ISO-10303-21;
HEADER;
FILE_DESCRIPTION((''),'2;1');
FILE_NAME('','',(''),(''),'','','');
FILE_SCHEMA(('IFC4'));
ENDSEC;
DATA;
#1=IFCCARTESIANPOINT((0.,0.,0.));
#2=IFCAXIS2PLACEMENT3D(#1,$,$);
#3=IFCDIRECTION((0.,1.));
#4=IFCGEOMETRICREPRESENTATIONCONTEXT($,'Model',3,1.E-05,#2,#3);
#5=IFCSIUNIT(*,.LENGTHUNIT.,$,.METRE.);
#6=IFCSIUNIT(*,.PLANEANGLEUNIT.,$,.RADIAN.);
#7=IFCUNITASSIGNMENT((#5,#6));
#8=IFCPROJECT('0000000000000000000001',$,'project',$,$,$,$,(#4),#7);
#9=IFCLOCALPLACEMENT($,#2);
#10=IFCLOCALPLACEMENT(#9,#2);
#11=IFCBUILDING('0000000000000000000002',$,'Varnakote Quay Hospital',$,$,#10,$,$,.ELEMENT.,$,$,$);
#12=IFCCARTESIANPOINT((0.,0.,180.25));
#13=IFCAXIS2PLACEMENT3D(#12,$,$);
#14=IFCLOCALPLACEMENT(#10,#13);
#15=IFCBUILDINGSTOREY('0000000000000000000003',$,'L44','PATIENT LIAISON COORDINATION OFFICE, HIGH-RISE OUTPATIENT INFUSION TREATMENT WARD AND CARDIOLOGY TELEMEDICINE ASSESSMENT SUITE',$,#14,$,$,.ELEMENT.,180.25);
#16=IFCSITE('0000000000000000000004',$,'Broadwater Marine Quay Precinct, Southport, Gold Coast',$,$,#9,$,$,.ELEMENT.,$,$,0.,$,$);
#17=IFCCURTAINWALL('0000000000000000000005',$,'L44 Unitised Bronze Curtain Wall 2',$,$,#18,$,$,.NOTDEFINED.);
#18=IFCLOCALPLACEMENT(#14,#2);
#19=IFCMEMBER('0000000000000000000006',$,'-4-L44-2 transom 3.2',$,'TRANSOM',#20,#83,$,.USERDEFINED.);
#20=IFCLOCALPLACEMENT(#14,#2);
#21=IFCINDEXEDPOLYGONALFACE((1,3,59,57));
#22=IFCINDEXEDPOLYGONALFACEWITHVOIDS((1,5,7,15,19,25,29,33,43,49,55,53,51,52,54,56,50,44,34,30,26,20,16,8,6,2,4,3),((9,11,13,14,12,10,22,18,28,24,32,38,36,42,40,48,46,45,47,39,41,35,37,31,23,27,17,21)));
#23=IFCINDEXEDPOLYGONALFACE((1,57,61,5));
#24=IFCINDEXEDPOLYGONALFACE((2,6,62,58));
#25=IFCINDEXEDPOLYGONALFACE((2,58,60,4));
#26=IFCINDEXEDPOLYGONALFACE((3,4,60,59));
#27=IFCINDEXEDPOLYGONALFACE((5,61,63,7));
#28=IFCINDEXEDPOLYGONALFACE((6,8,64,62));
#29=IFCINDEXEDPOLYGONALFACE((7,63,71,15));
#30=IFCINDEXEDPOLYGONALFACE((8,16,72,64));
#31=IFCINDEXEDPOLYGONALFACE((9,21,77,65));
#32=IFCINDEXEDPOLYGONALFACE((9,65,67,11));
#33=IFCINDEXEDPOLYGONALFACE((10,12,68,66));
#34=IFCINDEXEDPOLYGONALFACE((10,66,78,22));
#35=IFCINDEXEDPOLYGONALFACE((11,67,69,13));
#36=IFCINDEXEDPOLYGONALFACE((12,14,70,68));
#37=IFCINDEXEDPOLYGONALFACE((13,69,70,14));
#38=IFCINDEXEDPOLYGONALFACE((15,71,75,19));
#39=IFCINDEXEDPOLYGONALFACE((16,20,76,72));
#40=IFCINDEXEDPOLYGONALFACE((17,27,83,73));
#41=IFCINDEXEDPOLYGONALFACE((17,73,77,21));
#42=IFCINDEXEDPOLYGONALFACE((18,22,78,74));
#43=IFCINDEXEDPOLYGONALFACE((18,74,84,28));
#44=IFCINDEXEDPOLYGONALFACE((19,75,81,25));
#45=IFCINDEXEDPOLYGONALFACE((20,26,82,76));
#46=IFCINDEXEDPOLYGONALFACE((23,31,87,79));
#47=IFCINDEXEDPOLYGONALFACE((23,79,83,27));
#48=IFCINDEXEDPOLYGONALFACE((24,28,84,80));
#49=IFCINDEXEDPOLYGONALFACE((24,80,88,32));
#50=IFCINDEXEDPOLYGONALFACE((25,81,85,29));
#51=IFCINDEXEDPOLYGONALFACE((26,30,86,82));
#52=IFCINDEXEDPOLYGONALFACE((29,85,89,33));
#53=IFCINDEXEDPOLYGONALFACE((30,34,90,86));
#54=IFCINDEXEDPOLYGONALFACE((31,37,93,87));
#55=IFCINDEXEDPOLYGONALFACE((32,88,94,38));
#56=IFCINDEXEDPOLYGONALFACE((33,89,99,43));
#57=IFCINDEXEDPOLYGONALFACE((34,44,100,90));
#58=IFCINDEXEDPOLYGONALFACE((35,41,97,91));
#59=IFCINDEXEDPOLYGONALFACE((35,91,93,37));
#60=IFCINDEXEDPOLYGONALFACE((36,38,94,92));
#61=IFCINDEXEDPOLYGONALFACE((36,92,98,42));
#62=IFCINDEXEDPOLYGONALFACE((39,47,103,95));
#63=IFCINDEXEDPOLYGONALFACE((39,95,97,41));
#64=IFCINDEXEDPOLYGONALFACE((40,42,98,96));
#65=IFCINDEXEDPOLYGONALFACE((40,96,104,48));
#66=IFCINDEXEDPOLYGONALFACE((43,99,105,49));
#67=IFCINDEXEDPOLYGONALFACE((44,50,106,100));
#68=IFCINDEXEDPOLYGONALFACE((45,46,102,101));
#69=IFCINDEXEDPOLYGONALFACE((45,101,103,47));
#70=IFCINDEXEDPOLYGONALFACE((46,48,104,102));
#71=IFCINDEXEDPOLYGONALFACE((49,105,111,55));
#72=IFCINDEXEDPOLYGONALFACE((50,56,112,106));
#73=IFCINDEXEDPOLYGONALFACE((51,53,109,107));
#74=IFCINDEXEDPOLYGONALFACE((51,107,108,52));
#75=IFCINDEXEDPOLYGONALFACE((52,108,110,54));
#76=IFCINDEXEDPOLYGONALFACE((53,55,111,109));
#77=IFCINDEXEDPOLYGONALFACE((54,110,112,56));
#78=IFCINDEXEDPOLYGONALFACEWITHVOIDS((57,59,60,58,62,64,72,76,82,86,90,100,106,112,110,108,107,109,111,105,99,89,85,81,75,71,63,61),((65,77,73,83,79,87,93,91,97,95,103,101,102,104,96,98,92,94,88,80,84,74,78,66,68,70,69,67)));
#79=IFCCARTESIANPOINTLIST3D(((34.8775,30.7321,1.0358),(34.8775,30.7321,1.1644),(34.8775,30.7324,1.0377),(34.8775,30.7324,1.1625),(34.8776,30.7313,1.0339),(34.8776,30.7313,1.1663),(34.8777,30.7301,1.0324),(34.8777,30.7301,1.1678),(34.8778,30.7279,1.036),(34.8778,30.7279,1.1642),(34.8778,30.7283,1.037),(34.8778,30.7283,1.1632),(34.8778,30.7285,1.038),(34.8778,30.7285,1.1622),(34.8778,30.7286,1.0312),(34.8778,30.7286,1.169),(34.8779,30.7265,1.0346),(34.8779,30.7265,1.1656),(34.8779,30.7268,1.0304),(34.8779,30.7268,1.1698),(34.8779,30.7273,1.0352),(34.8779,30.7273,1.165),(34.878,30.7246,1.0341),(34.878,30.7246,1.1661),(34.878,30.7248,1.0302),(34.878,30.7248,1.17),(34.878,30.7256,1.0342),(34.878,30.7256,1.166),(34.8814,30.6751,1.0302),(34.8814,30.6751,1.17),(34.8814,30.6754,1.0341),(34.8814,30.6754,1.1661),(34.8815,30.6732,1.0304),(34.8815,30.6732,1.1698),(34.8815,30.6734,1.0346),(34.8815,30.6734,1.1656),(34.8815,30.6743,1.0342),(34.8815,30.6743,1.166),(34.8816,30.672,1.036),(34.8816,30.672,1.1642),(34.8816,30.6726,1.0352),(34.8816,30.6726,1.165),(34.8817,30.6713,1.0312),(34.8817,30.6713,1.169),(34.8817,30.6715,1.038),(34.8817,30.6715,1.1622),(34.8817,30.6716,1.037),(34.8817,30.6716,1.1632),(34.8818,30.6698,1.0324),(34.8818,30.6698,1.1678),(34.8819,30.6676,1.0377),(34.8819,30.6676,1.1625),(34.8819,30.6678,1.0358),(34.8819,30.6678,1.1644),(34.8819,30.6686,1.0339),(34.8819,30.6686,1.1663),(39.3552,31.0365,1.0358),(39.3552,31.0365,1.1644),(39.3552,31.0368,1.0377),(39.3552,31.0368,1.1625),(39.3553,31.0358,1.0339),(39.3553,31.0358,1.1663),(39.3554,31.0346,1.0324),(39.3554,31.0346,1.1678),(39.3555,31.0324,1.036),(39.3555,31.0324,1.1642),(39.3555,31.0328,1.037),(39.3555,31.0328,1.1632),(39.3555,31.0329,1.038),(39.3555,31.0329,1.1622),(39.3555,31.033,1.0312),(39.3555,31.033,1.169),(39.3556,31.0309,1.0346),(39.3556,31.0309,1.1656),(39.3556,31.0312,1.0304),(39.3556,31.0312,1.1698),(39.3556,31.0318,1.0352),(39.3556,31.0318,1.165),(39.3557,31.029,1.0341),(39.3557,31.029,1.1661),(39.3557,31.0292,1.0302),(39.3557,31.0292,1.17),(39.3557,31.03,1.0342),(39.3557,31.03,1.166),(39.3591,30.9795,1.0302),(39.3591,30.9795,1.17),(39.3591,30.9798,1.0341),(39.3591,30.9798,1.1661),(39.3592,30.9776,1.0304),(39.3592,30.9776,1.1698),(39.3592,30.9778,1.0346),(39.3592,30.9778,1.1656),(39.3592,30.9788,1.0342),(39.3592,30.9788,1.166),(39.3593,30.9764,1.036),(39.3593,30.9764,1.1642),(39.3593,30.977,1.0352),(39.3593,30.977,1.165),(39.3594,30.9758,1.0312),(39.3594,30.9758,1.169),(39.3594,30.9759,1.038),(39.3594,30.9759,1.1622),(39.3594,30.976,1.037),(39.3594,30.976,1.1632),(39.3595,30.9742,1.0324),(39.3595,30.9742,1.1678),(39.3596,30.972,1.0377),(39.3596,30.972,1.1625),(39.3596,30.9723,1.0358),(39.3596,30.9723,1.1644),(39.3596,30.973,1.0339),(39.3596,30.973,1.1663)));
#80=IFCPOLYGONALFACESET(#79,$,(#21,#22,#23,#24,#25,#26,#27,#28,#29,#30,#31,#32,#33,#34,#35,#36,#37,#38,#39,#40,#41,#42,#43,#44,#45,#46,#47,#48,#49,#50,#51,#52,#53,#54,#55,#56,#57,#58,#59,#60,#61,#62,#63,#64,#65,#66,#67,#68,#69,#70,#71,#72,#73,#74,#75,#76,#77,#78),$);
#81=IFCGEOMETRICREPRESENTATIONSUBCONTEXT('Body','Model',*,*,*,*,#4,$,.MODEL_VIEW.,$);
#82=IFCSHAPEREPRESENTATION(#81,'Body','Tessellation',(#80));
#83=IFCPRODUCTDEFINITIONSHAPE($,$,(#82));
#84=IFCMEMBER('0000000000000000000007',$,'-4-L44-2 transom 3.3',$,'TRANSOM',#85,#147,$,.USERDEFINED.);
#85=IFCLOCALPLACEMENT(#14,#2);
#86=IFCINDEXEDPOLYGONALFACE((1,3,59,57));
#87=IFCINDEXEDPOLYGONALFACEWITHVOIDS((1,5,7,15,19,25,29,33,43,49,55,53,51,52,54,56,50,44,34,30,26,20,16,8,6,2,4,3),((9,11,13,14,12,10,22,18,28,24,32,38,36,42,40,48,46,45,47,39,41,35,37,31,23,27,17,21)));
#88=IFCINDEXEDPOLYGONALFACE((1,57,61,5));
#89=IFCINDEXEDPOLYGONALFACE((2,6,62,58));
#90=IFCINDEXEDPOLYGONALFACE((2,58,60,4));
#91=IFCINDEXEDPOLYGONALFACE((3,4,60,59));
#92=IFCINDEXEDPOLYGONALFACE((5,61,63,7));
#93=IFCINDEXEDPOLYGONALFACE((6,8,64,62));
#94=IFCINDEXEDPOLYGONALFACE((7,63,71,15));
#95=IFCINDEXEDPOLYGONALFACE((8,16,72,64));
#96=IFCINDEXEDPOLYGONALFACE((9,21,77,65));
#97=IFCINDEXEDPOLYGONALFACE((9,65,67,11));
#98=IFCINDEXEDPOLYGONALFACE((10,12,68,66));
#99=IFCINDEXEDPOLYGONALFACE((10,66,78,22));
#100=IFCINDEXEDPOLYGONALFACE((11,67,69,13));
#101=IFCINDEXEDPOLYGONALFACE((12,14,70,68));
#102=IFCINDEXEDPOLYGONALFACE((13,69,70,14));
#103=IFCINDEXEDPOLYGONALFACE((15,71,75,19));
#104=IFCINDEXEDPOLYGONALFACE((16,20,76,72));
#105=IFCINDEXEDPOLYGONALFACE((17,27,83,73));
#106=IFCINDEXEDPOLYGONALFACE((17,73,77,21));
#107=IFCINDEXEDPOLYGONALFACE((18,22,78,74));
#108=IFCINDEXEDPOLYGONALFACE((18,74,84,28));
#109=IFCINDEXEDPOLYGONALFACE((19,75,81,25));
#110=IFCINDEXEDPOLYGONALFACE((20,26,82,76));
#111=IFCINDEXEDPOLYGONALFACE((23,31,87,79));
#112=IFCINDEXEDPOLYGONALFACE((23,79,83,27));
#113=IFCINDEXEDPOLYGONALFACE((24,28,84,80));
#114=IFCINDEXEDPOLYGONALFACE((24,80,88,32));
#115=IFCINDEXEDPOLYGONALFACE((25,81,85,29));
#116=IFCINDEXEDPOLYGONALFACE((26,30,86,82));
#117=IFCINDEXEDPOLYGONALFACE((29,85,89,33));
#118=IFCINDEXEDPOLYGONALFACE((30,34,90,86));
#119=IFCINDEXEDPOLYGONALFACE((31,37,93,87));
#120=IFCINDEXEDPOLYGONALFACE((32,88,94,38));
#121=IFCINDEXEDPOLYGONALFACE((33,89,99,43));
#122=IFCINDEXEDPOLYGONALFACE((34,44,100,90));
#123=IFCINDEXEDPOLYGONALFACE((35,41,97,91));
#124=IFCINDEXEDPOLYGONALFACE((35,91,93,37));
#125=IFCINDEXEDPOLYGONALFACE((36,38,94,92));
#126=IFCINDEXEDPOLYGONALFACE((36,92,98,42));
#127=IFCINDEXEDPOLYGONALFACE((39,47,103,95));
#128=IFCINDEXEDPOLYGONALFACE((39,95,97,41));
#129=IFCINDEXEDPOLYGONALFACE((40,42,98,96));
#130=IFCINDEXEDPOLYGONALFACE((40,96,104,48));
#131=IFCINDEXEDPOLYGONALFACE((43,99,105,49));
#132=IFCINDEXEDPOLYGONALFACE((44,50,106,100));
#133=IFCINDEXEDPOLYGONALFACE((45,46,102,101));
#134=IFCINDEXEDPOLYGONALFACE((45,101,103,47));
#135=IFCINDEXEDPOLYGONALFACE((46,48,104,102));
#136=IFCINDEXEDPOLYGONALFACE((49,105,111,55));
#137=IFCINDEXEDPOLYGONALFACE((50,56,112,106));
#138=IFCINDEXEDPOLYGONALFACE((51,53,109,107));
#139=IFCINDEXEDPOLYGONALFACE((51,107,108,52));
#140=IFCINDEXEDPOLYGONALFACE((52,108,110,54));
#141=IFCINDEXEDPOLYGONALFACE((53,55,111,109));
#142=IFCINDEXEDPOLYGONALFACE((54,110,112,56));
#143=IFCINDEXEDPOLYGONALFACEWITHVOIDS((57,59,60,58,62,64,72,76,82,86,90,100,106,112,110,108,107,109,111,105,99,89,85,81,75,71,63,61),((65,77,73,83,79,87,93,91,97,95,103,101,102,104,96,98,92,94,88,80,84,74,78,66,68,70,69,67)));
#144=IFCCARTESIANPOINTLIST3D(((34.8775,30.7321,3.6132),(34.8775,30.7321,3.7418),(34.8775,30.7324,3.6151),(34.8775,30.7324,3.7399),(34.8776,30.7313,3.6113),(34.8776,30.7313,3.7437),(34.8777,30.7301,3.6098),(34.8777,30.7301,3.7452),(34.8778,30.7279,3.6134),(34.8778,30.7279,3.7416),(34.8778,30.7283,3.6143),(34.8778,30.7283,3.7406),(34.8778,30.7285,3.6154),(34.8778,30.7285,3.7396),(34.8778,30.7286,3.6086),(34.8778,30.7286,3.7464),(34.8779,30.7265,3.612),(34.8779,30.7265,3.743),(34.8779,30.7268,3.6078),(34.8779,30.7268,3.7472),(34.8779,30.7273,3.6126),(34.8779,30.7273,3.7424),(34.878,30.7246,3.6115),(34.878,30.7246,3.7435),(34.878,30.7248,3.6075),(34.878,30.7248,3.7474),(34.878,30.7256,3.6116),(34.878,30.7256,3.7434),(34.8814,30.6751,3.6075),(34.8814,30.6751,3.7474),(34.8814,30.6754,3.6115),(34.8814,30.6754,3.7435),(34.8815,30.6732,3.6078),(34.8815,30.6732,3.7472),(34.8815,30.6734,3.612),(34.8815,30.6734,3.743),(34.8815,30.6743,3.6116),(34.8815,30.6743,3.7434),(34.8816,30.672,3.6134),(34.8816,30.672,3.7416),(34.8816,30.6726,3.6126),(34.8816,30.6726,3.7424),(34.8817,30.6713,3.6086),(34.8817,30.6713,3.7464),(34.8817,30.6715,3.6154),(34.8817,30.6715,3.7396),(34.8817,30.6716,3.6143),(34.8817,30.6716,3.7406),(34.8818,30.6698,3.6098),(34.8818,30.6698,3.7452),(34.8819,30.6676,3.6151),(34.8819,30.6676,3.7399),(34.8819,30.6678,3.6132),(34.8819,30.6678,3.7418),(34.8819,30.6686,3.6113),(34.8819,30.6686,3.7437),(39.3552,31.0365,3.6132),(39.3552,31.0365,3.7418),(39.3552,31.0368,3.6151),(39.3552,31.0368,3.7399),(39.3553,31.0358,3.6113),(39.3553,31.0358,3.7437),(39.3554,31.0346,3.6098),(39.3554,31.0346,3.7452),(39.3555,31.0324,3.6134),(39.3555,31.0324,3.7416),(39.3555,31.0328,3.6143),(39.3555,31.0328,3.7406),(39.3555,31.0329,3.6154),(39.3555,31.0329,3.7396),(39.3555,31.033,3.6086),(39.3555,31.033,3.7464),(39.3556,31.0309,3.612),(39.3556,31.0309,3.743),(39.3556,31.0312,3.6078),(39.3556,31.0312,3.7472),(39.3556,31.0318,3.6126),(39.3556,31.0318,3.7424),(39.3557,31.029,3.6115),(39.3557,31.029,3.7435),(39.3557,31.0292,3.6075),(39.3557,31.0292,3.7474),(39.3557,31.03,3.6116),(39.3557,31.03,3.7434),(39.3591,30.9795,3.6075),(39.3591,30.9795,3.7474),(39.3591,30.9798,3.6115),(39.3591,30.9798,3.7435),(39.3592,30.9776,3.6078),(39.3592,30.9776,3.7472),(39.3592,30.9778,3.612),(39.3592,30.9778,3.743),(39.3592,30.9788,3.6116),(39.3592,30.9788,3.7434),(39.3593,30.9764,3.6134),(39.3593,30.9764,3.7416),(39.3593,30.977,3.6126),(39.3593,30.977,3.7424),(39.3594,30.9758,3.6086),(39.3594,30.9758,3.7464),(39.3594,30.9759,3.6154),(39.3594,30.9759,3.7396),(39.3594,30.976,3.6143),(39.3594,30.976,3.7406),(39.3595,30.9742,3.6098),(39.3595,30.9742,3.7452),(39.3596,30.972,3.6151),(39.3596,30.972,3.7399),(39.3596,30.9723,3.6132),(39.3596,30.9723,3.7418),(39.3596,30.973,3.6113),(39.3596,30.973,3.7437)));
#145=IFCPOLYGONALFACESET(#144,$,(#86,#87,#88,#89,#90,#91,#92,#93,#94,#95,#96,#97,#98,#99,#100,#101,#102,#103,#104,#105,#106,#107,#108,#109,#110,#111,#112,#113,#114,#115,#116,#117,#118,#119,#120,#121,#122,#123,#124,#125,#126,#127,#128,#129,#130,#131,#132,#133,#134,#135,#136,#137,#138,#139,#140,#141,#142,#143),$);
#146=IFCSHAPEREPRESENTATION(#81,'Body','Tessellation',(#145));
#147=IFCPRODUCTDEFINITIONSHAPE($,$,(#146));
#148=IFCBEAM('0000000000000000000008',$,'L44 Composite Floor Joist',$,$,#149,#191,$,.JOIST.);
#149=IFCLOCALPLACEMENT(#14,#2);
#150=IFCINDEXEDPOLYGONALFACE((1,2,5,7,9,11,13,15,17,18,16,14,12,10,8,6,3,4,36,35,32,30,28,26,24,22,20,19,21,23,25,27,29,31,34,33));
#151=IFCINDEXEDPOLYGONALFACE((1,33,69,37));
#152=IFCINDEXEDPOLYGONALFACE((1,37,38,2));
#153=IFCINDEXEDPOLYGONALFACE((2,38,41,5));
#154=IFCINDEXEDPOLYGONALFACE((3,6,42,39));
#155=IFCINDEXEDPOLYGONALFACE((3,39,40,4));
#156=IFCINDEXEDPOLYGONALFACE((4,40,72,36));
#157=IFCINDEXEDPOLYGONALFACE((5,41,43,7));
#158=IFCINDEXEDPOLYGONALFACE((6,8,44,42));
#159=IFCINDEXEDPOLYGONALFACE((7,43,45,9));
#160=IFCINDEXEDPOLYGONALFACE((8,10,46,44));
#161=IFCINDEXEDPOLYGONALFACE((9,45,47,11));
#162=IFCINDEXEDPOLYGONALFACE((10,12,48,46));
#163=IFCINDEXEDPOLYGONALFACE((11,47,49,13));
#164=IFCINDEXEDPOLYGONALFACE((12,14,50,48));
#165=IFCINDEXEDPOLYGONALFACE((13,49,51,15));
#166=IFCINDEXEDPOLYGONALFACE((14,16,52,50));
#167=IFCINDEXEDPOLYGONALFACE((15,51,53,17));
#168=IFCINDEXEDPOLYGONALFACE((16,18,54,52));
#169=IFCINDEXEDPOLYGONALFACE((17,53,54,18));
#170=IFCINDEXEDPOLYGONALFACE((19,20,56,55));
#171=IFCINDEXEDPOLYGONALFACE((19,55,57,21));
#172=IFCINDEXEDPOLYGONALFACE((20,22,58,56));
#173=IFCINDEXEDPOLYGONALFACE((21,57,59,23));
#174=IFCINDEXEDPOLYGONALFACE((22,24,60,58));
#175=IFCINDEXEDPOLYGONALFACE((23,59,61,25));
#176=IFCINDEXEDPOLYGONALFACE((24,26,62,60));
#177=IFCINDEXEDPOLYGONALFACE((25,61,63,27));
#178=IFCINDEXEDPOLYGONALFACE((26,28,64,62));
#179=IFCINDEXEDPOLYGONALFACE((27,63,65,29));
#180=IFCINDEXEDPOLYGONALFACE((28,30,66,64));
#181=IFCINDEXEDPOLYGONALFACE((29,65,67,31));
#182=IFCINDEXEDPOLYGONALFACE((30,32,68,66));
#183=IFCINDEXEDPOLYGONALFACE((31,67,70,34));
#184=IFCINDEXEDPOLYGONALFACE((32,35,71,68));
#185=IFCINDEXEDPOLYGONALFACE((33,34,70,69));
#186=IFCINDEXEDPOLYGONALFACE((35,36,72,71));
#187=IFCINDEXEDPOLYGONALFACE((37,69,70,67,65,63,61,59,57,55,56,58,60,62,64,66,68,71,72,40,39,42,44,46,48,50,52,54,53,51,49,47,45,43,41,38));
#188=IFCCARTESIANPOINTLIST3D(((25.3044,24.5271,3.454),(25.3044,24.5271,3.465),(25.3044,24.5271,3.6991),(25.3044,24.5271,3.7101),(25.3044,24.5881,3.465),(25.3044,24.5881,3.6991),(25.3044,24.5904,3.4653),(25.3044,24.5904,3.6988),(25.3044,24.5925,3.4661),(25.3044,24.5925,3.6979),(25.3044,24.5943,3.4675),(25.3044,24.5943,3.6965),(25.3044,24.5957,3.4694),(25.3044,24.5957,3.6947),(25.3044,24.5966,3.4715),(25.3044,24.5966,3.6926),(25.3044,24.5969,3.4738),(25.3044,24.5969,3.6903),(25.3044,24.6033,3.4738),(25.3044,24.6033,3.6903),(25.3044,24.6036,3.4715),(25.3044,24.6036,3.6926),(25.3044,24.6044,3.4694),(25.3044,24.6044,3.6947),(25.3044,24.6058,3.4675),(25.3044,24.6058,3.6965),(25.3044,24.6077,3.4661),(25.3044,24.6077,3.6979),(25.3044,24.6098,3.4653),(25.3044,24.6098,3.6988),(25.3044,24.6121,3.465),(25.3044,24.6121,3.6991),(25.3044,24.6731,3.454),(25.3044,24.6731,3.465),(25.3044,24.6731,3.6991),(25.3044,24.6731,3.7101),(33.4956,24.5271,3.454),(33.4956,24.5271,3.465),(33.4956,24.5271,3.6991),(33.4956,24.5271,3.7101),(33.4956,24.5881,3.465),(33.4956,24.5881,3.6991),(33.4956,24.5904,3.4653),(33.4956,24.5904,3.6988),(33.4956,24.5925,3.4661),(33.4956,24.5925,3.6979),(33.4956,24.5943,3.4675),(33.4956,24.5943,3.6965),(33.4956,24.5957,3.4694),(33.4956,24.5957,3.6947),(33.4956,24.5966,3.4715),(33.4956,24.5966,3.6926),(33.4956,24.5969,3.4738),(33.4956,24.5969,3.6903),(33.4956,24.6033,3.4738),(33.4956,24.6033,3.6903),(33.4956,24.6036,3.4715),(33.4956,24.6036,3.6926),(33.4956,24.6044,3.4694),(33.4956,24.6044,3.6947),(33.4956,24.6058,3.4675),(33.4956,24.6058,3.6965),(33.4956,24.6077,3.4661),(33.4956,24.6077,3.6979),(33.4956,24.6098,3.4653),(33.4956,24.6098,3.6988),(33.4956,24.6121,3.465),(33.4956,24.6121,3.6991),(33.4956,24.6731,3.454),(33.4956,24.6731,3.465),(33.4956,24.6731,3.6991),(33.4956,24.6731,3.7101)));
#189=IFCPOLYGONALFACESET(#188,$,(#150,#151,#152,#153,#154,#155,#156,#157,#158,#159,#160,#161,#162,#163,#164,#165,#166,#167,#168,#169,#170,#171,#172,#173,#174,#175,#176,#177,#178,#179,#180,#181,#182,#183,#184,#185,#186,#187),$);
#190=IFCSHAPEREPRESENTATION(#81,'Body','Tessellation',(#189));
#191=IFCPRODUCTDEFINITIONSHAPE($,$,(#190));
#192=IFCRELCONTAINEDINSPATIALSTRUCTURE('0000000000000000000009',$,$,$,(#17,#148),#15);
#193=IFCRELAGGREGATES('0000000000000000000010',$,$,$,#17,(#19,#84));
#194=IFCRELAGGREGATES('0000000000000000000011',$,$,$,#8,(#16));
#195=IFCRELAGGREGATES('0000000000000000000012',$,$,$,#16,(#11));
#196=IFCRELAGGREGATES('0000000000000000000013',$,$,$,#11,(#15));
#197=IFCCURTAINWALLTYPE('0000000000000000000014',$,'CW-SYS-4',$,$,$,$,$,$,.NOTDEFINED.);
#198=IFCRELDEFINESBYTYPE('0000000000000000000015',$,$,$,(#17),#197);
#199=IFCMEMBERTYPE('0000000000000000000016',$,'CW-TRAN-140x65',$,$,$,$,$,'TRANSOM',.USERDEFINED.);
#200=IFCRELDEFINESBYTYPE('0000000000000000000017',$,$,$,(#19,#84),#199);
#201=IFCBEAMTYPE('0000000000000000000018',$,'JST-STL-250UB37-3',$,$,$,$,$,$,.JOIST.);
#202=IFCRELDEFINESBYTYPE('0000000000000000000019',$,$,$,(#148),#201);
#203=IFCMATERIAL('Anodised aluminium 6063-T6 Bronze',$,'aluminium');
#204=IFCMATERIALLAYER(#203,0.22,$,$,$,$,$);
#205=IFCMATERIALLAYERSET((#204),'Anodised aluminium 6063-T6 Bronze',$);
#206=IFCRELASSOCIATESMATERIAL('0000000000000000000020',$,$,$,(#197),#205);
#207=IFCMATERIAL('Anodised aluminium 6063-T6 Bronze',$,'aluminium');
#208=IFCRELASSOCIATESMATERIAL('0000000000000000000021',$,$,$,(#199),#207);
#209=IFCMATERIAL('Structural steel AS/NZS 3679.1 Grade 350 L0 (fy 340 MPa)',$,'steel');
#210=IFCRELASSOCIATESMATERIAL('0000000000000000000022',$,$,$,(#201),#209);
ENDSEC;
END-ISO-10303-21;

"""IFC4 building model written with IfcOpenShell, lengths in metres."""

from ifc_helpers import new_model, si_unit, direction, frame, origin, origin_2d, place, context, subcontext, project, spatial, hollow_rectangle, i_section, extrude, material, layer, layer_set, material_profile, profile_set, type_object, element, aggregate, save


model = new_model("IFC4")

# Units and contexts
model_context = context("Model", 3, precision=1e-05, world=origin(), true_north=direction((0.0, 1.0)))
body_context = subcontext(model_context, "Body", "Model", "MODEL_VIEW")
ifc_project = project(units=[si_unit("LENGTHUNIT", "METRE"), si_unit("PLANEANGLEUNIT", "RADIAN")], contexts=[model_context])

# Site, building, storey
site_placement = place(None, origin())
site = spatial("IfcSite", under=ifc_project, at=site_placement, Name="Broadwater Marine Quay Precinct, Southport, Gold Coast", CompositionType="ELEMENT", RefElevation=0.0)
building_placement = place(site_placement, origin())
building = spatial("IfcBuilding", under=site, at=building_placement, Name="Varnakote Quay Hospital", CompositionType="ELEMENT")
storey_placement = place(building_placement, frame((0.0, 0.0, 180.25)))
storey = spatial("IfcBuildingStorey", under=building, at=storey_placement, Name="L44", Description="PATIENT LIAISON COORDINATION OFFICE, HIGH-RISE OUTPATIENT INFUSION TREATMENT WARD AND CARDIOLOGY TELEMEDICINE ASSESSMENT SUITE", CompositionType="ELEMENT", Elevation=180.25)

# Curtain wall, members
ifc_material_1 = material(Name="Anodised aluminium 6063-T6 Bronze", Category="aluminium")
ifc_layer_1 = layer(ifc_material_1, 0.22)
ifc_layer_set_1 = layer_set([ifc_layer_1], Name="Anodised aluminium 6063-T6 Bronze")
curtain_wall_type = type_object("IfcCurtainWallType", Name="CW-SYS-4", PredefinedType="NOTDEFINED", material=ifc_layer_set_1)
curtain_wall_placement = place(storey_placement, origin())
curtain_wall = element("IfcCurtainWall", 1, at=curtain_wall_placement, inside=storey, type_object=curtain_wall_type, Name="L44 Unitised Bronze Curtain Wall 2", PredefinedType="NOTDEFINED")
ifc_material_2 = material(Name="Anodised aluminium 6063-T6 Bronze", Category="aluminium")
ifc_material_profile_1 = material_profile(ifc_material_2, hollow_rectangle(XDim=0.0649, YDim=0.1399, WallThickness=0.0039, InnerFilletRadius=0.0039, OuterFilletRadius=0.0076, at=origin_2d()), Name="CW-TRAN-140x65")
ifc_profile_set_1 = profile_set([ifc_material_profile_1], Name="Anodised aluminium 6063-T6 Bronze")
member_type_1 = type_object("IfcMemberType", Name="CW-TRAN-140x65", ElementType="TRANSOM", PredefinedType="USERDEFINED", material=ifc_profile_set_1)
member_1_placement = place(storey_placement, frame((39.3574, 31.0044, 1.1001), z_axis=(-0.997697, -0.067833, 0.0), x_axis=(0.067833, -0.997697, 0.0)))
member_1 = element("IfcMember", 2, at=member_1_placement, type_object=member_type_1, Name="-4-L44-2 transom 3.2", ObjectType="TRANSOM", PredefinedType="USERDEFINED", context=body_context, shape_type="SweptSolid", body=[
    extrude(hollow_rectangle(XDim=0.0649, YDim=0.1399, WallThickness=0.0039, InnerFilletRadius=0.0039, OuterFilletRadius=0.0076, at=origin_2d()), origin(), (0.0, 0.0, 1.0), 4.488),
])
member_2_placement = place(storey_placement, frame((39.3574, 31.0044, 3.6775), z_axis=(-0.997697, -0.067833, 0.0), x_axis=(0.067833, -0.997697, 0.0)))
member_2 = element("IfcMember", 3, at=member_2_placement, type_object=member_type_1, Name="-4-L44-2 transom 3.3", ObjectType="TRANSOM", PredefinedType="USERDEFINED", context=body_context, shape_type="SweptSolid", body=[
    extrude(hollow_rectangle(XDim=0.0649, YDim=0.1399, WallThickness=0.0039, InnerFilletRadius=0.0039, OuterFilletRadius=0.0076, at=origin_2d()), origin(), (0.0, 0.0, 1.0), 4.488),
])

# Beam
ifc_material_3 = material(Name="Structural steel AS/NZS 3679.1 Grade 350 L0 (fy 340 MPa)", Category="steel")
ifc_material_profile_2 = material_profile(ifc_material_3, i_section(OverallWidth=0.146, OverallDepth=0.2561, WebThickness=0.0063, FlangeThickness=0.011, FilletRadius=0.0088, at=origin_2d()), Name="250UB37.3")
ifc_profile_set_2 = profile_set([ifc_material_profile_2], Name="Structural steel AS/NZS 3679.1 Grade 350 L0 (fy 340 MPa)")
beam_type_1 = type_object("IfcBeamType", Name="JST-STL-250UB37-3", PredefinedType="JOIST", material=ifc_profile_set_2)
beam_1_placement = place(storey_placement, frame((25.3044, 24.6001, 3.582), z_axis=(1.0, 0.0, 0.0), x_axis=(0.0, 1.0, 0.0)))
element("IfcBeam", 4, at=beam_1_placement, inside=storey, type_object=beam_type_1, Name="L44 Composite Floor Joist", PredefinedType="JOIST", context=body_context, shape_type="SweptSolid", body=[
    extrude(i_section(OverallWidth=0.146, OverallDepth=0.2561, WebThickness=0.0063, FlangeThickness=0.011, FilletRadius=0.0088, at=origin_2d()), origin(), (0.0, 0.0, 1.0), 8.1912),
])

aggregate(curtain_wall, [member_1, member_2])

save(model, "model.ifc")
